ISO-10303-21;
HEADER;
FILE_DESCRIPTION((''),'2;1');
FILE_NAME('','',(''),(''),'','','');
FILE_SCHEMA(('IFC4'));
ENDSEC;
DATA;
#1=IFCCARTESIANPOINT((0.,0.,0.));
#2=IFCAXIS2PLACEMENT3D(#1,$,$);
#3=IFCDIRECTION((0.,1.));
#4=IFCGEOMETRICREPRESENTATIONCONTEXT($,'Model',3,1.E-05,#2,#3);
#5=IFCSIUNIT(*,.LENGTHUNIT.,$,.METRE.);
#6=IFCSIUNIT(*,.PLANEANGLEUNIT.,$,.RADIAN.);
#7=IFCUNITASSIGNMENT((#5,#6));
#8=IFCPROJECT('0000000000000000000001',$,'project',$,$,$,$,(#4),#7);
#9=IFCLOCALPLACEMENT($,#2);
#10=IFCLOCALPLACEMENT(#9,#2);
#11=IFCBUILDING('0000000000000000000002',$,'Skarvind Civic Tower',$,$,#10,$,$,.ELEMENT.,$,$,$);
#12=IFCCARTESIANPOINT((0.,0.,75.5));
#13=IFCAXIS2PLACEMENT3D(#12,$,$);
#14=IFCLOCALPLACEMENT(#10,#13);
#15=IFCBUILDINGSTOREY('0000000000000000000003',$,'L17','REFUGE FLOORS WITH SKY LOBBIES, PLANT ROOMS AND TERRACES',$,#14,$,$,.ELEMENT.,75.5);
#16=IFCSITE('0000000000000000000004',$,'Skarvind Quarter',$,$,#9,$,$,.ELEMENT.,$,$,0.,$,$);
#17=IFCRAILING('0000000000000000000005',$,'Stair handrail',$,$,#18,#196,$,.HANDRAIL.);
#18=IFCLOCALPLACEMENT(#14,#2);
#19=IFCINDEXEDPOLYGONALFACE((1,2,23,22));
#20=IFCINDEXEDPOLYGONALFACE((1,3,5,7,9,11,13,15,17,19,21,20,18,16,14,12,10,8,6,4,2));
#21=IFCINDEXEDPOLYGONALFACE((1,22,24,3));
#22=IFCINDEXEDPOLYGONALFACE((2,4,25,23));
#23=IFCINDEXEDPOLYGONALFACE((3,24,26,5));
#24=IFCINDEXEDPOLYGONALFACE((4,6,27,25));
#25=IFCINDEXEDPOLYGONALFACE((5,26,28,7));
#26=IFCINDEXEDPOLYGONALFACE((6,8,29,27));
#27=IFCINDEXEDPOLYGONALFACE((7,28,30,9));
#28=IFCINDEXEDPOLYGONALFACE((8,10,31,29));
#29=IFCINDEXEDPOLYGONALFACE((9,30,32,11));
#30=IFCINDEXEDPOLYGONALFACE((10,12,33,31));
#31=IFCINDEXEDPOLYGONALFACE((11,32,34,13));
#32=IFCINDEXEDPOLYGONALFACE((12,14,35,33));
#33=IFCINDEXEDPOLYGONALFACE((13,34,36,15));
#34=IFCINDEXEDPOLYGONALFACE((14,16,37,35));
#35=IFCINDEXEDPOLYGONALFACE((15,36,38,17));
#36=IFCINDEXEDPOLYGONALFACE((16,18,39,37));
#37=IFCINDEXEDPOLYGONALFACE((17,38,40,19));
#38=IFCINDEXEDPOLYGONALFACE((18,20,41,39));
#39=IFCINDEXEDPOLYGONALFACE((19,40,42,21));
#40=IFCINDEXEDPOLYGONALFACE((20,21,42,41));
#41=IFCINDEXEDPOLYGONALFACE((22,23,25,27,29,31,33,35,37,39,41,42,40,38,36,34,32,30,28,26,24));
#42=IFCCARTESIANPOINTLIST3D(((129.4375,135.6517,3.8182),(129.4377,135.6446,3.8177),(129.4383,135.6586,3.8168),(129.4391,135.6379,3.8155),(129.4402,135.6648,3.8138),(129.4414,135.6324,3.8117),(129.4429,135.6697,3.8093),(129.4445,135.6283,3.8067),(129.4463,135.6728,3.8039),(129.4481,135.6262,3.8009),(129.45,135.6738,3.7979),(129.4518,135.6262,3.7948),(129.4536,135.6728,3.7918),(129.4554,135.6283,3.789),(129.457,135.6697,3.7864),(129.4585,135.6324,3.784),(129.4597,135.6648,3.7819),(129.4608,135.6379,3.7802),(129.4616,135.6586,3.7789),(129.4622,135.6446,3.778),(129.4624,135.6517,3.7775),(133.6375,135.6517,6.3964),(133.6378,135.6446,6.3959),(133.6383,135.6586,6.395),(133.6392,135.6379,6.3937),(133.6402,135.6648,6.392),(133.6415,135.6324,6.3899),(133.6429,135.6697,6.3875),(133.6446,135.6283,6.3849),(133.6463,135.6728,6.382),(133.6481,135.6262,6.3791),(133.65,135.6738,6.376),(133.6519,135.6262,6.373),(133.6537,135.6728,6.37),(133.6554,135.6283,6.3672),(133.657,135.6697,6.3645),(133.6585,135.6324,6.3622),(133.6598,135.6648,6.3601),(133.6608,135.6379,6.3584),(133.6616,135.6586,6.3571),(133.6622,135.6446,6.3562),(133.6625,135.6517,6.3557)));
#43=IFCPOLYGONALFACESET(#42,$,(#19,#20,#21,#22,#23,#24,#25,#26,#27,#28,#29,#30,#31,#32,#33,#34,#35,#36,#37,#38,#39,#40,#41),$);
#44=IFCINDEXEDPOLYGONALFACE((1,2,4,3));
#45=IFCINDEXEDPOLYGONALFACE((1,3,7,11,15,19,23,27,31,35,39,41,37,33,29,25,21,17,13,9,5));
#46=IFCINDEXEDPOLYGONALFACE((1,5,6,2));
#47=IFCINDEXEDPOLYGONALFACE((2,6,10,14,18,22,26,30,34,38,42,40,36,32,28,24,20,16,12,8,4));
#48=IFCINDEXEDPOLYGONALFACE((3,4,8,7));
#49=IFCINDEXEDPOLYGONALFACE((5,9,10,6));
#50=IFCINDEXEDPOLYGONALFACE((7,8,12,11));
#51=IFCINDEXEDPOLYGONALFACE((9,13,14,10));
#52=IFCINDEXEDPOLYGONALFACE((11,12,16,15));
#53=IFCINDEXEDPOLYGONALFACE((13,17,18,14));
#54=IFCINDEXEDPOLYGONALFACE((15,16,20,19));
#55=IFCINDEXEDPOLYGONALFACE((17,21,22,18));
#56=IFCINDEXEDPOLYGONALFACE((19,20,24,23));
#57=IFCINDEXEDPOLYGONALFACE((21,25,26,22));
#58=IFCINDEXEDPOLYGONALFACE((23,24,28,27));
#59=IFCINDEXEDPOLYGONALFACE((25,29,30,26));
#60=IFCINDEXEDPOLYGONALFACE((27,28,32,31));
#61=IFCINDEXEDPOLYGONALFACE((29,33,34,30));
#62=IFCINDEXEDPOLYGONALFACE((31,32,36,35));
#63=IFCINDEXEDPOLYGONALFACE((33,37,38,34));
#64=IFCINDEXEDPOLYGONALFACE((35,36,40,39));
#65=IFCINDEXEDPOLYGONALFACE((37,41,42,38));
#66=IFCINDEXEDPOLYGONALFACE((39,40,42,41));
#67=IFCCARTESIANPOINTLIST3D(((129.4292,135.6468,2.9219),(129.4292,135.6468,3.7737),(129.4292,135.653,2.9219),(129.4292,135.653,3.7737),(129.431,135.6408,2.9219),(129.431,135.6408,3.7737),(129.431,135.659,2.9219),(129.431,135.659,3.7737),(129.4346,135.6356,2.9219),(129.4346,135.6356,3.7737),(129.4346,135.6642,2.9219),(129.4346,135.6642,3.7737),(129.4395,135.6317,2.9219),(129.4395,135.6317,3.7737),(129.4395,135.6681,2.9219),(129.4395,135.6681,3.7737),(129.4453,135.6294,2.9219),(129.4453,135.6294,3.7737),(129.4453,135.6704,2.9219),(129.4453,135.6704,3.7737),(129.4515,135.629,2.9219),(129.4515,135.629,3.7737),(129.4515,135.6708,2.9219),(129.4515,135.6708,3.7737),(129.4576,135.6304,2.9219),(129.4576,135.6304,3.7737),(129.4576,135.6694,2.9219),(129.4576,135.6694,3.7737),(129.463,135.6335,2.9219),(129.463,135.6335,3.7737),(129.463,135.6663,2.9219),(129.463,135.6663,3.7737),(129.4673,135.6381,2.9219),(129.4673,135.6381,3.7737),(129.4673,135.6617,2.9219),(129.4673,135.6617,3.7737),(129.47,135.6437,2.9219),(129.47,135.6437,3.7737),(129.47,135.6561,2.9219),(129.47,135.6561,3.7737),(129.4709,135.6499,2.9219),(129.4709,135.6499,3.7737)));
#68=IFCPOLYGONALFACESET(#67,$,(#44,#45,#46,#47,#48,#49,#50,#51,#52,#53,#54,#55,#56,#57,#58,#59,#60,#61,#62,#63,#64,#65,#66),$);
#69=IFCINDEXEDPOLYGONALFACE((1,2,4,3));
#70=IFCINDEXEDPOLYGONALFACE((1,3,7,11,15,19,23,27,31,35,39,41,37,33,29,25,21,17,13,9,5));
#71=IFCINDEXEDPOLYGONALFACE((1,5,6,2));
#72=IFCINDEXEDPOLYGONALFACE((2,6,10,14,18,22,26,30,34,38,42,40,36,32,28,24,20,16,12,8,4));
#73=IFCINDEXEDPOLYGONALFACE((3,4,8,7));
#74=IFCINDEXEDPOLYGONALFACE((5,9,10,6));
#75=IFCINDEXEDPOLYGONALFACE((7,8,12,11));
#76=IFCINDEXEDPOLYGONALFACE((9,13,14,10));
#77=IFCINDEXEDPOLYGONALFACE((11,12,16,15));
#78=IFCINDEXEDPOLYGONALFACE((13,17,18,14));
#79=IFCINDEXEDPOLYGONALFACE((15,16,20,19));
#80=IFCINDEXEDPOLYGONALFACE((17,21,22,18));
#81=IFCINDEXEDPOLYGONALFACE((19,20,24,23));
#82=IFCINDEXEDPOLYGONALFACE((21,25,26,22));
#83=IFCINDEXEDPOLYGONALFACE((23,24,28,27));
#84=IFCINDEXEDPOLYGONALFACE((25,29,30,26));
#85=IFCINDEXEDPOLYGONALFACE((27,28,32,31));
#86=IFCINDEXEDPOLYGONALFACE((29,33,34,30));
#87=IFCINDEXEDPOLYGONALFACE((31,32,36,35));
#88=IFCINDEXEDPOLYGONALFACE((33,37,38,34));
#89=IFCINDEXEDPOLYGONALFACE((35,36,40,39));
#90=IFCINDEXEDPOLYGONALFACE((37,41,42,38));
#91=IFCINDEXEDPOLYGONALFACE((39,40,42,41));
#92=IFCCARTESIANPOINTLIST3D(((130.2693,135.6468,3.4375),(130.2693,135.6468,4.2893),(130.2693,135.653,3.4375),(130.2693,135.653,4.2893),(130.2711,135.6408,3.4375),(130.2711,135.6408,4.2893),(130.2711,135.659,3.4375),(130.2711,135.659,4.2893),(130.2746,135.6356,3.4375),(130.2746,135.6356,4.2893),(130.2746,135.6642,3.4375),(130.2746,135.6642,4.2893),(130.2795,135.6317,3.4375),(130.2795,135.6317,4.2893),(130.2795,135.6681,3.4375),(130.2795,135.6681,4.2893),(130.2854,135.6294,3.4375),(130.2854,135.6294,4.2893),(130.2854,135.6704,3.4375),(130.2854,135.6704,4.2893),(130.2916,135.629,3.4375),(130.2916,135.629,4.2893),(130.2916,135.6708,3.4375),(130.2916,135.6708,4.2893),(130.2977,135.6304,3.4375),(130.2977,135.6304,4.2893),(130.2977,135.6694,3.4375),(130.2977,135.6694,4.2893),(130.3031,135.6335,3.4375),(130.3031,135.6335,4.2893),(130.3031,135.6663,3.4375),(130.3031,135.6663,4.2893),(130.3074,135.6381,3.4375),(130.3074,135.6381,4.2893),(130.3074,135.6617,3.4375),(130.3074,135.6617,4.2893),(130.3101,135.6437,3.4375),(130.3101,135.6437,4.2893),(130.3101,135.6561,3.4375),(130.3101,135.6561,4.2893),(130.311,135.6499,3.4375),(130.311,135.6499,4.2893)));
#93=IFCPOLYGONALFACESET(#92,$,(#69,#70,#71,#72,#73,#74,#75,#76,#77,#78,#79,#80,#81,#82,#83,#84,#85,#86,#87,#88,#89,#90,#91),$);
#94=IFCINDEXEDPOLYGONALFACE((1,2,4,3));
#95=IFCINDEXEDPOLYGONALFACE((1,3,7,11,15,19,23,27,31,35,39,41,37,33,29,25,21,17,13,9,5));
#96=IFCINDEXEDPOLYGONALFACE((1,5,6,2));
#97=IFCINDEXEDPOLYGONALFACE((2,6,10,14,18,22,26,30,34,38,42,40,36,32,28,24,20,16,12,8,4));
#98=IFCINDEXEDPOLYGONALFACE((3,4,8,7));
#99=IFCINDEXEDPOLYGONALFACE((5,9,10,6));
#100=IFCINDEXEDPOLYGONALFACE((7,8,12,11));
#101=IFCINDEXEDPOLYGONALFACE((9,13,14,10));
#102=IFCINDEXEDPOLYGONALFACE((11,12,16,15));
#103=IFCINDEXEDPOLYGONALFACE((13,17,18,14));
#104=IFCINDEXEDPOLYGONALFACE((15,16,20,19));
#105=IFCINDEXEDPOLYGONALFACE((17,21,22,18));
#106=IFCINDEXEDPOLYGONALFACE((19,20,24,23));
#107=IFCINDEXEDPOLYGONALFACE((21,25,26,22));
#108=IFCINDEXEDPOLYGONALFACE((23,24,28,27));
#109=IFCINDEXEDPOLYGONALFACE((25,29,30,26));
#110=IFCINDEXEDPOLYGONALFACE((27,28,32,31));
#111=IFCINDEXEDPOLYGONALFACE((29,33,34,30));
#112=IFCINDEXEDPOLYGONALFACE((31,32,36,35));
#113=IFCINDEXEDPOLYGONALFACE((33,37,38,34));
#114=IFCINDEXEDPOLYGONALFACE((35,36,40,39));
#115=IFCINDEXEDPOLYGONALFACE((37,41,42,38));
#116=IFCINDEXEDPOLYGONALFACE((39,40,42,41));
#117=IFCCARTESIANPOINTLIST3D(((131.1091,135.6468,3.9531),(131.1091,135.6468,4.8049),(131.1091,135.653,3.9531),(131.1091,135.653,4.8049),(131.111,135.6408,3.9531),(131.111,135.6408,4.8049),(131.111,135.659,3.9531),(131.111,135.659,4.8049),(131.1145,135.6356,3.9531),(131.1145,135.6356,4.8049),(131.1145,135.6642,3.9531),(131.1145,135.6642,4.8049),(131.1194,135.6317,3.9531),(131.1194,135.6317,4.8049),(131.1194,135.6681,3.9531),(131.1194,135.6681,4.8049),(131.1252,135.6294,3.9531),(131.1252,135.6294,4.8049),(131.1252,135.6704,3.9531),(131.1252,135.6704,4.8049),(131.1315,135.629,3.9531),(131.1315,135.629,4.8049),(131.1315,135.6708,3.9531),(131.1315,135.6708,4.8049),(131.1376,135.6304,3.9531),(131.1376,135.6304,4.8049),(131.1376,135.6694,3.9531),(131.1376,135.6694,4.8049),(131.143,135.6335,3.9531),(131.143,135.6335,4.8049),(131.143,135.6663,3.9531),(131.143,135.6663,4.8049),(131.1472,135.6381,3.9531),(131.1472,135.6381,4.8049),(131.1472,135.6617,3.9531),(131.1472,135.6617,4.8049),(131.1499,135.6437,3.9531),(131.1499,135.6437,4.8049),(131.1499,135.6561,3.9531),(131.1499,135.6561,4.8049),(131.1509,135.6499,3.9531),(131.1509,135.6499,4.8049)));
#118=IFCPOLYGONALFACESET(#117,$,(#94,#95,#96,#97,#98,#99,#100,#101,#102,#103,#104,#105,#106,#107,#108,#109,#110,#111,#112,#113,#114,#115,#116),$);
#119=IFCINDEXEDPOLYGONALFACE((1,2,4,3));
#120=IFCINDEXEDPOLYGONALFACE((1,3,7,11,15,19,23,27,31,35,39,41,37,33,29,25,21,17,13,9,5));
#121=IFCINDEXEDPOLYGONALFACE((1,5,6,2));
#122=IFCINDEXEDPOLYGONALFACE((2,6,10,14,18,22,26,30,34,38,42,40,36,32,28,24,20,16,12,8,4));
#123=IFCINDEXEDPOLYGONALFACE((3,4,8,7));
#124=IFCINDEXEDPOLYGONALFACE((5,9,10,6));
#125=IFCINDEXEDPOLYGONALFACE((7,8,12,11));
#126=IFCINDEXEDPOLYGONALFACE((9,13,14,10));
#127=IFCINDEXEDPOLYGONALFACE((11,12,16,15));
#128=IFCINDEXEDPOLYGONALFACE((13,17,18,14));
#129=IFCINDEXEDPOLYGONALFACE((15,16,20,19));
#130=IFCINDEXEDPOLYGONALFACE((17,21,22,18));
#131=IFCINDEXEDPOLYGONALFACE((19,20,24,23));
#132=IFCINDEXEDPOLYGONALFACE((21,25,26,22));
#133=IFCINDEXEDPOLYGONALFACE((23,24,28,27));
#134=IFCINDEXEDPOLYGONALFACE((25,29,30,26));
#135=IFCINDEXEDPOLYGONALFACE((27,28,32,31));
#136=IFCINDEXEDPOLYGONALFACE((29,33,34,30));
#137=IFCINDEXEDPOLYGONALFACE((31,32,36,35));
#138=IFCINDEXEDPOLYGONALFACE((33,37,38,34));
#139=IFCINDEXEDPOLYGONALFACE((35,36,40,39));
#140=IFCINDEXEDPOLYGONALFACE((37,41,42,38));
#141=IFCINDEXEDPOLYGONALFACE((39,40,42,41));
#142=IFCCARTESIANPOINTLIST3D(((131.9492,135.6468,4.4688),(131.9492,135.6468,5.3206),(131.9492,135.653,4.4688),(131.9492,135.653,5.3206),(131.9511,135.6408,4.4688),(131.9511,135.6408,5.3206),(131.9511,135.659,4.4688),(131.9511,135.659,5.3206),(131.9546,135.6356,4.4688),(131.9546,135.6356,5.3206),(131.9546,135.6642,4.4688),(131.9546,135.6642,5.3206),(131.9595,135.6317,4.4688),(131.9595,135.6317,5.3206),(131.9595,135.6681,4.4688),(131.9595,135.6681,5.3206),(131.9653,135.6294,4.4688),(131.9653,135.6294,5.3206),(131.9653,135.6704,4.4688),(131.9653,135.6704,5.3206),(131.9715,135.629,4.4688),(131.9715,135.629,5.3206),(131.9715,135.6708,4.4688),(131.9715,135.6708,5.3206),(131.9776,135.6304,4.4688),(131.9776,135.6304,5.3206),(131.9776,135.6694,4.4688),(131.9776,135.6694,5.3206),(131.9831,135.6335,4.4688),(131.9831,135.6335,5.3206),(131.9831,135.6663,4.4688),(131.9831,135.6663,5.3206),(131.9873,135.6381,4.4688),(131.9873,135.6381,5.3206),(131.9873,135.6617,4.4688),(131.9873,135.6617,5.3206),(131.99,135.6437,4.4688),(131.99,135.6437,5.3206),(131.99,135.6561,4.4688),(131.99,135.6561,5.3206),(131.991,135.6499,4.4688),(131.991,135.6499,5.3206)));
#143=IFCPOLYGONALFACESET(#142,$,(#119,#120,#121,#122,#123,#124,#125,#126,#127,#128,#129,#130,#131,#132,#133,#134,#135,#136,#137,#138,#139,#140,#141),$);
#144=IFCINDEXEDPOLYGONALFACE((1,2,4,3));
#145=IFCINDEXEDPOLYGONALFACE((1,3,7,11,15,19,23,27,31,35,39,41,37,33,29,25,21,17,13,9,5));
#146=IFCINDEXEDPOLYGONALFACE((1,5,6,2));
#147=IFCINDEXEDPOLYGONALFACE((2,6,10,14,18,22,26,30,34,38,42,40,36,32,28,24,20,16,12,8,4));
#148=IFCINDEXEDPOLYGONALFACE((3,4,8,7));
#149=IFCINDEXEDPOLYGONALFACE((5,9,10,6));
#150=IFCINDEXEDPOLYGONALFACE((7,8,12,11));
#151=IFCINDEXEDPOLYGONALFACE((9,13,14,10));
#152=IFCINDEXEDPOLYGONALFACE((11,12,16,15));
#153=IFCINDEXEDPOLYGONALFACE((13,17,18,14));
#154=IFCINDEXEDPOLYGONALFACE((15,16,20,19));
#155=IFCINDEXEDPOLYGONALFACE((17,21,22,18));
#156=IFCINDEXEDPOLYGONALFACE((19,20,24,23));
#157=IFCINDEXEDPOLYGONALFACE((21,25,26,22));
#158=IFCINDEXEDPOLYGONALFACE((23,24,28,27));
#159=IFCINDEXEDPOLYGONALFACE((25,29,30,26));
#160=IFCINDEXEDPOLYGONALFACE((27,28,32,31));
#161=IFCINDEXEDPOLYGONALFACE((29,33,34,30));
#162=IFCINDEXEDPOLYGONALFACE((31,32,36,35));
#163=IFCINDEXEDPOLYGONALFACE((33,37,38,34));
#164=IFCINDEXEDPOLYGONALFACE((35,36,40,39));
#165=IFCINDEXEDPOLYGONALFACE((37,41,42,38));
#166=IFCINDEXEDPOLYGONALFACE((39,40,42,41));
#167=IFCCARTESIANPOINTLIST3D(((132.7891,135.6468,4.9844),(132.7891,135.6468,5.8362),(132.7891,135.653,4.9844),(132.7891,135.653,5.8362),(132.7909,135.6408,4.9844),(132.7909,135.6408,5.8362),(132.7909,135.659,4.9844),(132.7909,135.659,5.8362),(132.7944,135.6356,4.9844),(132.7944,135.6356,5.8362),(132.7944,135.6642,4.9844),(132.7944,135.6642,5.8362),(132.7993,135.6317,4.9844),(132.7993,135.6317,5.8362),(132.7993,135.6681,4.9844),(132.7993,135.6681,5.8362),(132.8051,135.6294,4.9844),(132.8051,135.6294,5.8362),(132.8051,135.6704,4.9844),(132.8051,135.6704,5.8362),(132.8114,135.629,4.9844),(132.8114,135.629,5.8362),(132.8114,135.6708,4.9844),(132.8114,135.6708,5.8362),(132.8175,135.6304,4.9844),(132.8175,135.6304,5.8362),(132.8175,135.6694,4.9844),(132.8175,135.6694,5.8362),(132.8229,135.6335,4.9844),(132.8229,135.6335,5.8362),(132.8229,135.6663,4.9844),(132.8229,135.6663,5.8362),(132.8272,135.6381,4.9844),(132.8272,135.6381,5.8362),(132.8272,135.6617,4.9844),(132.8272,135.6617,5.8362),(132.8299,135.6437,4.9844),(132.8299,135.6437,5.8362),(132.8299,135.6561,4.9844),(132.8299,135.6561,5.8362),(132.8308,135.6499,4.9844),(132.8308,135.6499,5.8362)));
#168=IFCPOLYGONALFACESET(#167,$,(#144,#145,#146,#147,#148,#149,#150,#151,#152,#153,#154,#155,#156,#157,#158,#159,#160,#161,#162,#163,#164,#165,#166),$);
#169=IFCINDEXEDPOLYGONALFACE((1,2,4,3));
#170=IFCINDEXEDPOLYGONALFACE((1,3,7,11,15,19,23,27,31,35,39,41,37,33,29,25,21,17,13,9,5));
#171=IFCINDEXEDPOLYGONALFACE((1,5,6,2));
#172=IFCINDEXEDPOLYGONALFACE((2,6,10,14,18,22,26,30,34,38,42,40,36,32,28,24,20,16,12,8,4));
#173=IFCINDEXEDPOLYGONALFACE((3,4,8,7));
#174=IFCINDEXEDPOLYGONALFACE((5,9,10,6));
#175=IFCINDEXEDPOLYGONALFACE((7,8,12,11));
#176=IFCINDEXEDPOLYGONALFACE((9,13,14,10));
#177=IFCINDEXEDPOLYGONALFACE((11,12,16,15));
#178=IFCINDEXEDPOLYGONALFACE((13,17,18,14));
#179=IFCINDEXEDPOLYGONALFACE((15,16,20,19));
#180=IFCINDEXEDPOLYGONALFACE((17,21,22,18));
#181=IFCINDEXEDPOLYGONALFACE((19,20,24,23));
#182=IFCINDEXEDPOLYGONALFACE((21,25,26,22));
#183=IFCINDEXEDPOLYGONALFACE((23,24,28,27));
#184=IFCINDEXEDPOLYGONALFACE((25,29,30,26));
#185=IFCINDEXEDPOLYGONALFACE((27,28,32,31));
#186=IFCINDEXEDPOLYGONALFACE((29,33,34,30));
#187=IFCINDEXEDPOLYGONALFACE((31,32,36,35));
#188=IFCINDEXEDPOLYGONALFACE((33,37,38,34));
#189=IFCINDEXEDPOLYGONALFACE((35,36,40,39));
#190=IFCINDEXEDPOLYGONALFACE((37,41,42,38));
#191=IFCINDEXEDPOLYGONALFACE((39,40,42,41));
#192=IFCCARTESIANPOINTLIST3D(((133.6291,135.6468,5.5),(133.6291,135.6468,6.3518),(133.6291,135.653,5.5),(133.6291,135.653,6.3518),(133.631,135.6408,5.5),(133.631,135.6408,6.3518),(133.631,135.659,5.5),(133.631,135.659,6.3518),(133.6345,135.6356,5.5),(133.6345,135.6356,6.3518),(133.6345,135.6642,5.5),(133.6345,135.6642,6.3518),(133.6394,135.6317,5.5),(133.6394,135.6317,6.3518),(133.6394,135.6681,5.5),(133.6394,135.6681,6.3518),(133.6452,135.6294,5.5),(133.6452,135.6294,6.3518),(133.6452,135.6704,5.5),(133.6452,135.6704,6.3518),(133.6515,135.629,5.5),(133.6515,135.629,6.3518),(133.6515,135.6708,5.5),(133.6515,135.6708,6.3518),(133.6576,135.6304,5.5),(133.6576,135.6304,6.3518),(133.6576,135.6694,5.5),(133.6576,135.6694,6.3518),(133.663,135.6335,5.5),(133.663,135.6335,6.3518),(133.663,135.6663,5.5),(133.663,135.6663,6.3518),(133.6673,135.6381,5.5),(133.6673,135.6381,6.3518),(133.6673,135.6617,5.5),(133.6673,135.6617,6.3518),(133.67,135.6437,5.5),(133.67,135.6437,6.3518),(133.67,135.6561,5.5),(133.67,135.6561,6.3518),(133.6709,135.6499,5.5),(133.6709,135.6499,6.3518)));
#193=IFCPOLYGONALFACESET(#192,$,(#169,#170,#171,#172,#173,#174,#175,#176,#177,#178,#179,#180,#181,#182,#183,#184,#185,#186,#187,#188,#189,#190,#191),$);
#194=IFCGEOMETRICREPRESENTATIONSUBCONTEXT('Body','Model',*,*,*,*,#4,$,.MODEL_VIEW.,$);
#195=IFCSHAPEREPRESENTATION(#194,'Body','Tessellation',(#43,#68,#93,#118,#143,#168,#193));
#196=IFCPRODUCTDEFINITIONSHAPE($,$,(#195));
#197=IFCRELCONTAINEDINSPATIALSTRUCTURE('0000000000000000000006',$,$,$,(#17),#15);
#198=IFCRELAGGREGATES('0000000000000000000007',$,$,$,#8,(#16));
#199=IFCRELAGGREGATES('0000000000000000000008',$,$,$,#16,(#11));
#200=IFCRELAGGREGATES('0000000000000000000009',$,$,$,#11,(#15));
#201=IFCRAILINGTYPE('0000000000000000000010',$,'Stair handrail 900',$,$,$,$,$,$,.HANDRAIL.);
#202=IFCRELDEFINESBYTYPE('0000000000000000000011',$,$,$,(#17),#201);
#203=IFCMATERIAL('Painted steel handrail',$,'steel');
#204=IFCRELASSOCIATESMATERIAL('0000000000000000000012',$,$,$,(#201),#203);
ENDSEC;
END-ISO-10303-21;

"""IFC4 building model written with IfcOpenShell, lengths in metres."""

from ifc_helpers import new_model, si_unit, direction, frame, origin, origin_2d, place, context, subcontext, project, spatial, circle, extrude, material, type_object, element, save


model = new_model("IFC4")

# Units and contexts
model_context = context("Model", 3, precision=1e-05, world=origin(), true_north=direction((0.0, 1.0)))
body_context = subcontext(model_context, "Body", "Model", "MODEL_VIEW")
ifc_project = project(units=[si_unit("LENGTHUNIT", "METRE"), si_unit("PLANEANGLEUNIT", "RADIAN")], contexts=[model_context])

# Site, building, storey
site_placement = place(None, origin())
site = spatial("IfcSite", under=ifc_project, at=site_placement, Name="Skarvind Quarter", CompositionType="ELEMENT", RefElevation=0.0)
building_placement = place(site_placement, origin())
building = spatial("IfcBuilding", under=site, at=building_placement, Name="Skarvind Civic Tower", CompositionType="ELEMENT")
storey_placement = place(building_placement, frame((0.0, 0.0, 75.5)))
storey = spatial("IfcBuildingStorey", under=building, at=storey_placement, Name="L17", Description="REFUGE FLOORS WITH SKY LOBBIES, PLANT ROOMS AND TERRACES", CompositionType="ELEMENT", Elevation=75.5)

# Railing
ifc_material_1 = material(Name="Painted steel handrail", Category="steel")
railing_type = type_object("IfcRailingType", Name="Stair handrail 900", PredefinedType="HANDRAIL", material=ifc_material_1)
railing_placement = place(storey_placement, frame((129.45, 135.6499, 2.9219)))
element("IfcRailing", 1, at=railing_placement, inside=storey, type_object=railing_type, Name="Stair handrail", PredefinedType="HANDRAIL", context=body_context, shape_type="SweptSolid", body=[
    extrude(circle(Radius=0.0239, at=origin_2d()), frame((0.0, 0.0, 0.876), z_axis=(0.852243, 0.0, 0.523146), x_axis=(0.0, 1.0, 0.0)), (0.0, 0.0, 1.0), 4.9282),
    extrude(circle(Radius=0.021, at=origin_2d()), origin(), (0.0, 0.0, 1.0), 0.8518),
    extrude(circle(Radius=0.021, at=origin_2d()), frame((0.8401, 0.0, 0.5156)), (0.0, 0.0, 1.0), 0.8518),
    extrude(circle(Radius=0.021, at=origin_2d()), frame((1.6799, 0.0, 1.0312)), (0.0, 0.0, 1.0), 0.8518),
    extrude(circle(Radius=0.021, at=origin_2d()), frame((2.52, 0.0, 1.5469)), (0.0, 0.0, 1.0), 0.8518),
    extrude(circle(Radius=0.021, at=origin_2d()), frame((3.3599, 0.0, 2.0625)), (0.0, 0.0, 1.0), 0.8518),
    extrude(circle(Radius=0.021, at=origin_2d()), frame((4.2, 0.0, 2.5781)), (0.0, 0.0, 1.0), 0.8518),
])

save(model, "model.ifc")
